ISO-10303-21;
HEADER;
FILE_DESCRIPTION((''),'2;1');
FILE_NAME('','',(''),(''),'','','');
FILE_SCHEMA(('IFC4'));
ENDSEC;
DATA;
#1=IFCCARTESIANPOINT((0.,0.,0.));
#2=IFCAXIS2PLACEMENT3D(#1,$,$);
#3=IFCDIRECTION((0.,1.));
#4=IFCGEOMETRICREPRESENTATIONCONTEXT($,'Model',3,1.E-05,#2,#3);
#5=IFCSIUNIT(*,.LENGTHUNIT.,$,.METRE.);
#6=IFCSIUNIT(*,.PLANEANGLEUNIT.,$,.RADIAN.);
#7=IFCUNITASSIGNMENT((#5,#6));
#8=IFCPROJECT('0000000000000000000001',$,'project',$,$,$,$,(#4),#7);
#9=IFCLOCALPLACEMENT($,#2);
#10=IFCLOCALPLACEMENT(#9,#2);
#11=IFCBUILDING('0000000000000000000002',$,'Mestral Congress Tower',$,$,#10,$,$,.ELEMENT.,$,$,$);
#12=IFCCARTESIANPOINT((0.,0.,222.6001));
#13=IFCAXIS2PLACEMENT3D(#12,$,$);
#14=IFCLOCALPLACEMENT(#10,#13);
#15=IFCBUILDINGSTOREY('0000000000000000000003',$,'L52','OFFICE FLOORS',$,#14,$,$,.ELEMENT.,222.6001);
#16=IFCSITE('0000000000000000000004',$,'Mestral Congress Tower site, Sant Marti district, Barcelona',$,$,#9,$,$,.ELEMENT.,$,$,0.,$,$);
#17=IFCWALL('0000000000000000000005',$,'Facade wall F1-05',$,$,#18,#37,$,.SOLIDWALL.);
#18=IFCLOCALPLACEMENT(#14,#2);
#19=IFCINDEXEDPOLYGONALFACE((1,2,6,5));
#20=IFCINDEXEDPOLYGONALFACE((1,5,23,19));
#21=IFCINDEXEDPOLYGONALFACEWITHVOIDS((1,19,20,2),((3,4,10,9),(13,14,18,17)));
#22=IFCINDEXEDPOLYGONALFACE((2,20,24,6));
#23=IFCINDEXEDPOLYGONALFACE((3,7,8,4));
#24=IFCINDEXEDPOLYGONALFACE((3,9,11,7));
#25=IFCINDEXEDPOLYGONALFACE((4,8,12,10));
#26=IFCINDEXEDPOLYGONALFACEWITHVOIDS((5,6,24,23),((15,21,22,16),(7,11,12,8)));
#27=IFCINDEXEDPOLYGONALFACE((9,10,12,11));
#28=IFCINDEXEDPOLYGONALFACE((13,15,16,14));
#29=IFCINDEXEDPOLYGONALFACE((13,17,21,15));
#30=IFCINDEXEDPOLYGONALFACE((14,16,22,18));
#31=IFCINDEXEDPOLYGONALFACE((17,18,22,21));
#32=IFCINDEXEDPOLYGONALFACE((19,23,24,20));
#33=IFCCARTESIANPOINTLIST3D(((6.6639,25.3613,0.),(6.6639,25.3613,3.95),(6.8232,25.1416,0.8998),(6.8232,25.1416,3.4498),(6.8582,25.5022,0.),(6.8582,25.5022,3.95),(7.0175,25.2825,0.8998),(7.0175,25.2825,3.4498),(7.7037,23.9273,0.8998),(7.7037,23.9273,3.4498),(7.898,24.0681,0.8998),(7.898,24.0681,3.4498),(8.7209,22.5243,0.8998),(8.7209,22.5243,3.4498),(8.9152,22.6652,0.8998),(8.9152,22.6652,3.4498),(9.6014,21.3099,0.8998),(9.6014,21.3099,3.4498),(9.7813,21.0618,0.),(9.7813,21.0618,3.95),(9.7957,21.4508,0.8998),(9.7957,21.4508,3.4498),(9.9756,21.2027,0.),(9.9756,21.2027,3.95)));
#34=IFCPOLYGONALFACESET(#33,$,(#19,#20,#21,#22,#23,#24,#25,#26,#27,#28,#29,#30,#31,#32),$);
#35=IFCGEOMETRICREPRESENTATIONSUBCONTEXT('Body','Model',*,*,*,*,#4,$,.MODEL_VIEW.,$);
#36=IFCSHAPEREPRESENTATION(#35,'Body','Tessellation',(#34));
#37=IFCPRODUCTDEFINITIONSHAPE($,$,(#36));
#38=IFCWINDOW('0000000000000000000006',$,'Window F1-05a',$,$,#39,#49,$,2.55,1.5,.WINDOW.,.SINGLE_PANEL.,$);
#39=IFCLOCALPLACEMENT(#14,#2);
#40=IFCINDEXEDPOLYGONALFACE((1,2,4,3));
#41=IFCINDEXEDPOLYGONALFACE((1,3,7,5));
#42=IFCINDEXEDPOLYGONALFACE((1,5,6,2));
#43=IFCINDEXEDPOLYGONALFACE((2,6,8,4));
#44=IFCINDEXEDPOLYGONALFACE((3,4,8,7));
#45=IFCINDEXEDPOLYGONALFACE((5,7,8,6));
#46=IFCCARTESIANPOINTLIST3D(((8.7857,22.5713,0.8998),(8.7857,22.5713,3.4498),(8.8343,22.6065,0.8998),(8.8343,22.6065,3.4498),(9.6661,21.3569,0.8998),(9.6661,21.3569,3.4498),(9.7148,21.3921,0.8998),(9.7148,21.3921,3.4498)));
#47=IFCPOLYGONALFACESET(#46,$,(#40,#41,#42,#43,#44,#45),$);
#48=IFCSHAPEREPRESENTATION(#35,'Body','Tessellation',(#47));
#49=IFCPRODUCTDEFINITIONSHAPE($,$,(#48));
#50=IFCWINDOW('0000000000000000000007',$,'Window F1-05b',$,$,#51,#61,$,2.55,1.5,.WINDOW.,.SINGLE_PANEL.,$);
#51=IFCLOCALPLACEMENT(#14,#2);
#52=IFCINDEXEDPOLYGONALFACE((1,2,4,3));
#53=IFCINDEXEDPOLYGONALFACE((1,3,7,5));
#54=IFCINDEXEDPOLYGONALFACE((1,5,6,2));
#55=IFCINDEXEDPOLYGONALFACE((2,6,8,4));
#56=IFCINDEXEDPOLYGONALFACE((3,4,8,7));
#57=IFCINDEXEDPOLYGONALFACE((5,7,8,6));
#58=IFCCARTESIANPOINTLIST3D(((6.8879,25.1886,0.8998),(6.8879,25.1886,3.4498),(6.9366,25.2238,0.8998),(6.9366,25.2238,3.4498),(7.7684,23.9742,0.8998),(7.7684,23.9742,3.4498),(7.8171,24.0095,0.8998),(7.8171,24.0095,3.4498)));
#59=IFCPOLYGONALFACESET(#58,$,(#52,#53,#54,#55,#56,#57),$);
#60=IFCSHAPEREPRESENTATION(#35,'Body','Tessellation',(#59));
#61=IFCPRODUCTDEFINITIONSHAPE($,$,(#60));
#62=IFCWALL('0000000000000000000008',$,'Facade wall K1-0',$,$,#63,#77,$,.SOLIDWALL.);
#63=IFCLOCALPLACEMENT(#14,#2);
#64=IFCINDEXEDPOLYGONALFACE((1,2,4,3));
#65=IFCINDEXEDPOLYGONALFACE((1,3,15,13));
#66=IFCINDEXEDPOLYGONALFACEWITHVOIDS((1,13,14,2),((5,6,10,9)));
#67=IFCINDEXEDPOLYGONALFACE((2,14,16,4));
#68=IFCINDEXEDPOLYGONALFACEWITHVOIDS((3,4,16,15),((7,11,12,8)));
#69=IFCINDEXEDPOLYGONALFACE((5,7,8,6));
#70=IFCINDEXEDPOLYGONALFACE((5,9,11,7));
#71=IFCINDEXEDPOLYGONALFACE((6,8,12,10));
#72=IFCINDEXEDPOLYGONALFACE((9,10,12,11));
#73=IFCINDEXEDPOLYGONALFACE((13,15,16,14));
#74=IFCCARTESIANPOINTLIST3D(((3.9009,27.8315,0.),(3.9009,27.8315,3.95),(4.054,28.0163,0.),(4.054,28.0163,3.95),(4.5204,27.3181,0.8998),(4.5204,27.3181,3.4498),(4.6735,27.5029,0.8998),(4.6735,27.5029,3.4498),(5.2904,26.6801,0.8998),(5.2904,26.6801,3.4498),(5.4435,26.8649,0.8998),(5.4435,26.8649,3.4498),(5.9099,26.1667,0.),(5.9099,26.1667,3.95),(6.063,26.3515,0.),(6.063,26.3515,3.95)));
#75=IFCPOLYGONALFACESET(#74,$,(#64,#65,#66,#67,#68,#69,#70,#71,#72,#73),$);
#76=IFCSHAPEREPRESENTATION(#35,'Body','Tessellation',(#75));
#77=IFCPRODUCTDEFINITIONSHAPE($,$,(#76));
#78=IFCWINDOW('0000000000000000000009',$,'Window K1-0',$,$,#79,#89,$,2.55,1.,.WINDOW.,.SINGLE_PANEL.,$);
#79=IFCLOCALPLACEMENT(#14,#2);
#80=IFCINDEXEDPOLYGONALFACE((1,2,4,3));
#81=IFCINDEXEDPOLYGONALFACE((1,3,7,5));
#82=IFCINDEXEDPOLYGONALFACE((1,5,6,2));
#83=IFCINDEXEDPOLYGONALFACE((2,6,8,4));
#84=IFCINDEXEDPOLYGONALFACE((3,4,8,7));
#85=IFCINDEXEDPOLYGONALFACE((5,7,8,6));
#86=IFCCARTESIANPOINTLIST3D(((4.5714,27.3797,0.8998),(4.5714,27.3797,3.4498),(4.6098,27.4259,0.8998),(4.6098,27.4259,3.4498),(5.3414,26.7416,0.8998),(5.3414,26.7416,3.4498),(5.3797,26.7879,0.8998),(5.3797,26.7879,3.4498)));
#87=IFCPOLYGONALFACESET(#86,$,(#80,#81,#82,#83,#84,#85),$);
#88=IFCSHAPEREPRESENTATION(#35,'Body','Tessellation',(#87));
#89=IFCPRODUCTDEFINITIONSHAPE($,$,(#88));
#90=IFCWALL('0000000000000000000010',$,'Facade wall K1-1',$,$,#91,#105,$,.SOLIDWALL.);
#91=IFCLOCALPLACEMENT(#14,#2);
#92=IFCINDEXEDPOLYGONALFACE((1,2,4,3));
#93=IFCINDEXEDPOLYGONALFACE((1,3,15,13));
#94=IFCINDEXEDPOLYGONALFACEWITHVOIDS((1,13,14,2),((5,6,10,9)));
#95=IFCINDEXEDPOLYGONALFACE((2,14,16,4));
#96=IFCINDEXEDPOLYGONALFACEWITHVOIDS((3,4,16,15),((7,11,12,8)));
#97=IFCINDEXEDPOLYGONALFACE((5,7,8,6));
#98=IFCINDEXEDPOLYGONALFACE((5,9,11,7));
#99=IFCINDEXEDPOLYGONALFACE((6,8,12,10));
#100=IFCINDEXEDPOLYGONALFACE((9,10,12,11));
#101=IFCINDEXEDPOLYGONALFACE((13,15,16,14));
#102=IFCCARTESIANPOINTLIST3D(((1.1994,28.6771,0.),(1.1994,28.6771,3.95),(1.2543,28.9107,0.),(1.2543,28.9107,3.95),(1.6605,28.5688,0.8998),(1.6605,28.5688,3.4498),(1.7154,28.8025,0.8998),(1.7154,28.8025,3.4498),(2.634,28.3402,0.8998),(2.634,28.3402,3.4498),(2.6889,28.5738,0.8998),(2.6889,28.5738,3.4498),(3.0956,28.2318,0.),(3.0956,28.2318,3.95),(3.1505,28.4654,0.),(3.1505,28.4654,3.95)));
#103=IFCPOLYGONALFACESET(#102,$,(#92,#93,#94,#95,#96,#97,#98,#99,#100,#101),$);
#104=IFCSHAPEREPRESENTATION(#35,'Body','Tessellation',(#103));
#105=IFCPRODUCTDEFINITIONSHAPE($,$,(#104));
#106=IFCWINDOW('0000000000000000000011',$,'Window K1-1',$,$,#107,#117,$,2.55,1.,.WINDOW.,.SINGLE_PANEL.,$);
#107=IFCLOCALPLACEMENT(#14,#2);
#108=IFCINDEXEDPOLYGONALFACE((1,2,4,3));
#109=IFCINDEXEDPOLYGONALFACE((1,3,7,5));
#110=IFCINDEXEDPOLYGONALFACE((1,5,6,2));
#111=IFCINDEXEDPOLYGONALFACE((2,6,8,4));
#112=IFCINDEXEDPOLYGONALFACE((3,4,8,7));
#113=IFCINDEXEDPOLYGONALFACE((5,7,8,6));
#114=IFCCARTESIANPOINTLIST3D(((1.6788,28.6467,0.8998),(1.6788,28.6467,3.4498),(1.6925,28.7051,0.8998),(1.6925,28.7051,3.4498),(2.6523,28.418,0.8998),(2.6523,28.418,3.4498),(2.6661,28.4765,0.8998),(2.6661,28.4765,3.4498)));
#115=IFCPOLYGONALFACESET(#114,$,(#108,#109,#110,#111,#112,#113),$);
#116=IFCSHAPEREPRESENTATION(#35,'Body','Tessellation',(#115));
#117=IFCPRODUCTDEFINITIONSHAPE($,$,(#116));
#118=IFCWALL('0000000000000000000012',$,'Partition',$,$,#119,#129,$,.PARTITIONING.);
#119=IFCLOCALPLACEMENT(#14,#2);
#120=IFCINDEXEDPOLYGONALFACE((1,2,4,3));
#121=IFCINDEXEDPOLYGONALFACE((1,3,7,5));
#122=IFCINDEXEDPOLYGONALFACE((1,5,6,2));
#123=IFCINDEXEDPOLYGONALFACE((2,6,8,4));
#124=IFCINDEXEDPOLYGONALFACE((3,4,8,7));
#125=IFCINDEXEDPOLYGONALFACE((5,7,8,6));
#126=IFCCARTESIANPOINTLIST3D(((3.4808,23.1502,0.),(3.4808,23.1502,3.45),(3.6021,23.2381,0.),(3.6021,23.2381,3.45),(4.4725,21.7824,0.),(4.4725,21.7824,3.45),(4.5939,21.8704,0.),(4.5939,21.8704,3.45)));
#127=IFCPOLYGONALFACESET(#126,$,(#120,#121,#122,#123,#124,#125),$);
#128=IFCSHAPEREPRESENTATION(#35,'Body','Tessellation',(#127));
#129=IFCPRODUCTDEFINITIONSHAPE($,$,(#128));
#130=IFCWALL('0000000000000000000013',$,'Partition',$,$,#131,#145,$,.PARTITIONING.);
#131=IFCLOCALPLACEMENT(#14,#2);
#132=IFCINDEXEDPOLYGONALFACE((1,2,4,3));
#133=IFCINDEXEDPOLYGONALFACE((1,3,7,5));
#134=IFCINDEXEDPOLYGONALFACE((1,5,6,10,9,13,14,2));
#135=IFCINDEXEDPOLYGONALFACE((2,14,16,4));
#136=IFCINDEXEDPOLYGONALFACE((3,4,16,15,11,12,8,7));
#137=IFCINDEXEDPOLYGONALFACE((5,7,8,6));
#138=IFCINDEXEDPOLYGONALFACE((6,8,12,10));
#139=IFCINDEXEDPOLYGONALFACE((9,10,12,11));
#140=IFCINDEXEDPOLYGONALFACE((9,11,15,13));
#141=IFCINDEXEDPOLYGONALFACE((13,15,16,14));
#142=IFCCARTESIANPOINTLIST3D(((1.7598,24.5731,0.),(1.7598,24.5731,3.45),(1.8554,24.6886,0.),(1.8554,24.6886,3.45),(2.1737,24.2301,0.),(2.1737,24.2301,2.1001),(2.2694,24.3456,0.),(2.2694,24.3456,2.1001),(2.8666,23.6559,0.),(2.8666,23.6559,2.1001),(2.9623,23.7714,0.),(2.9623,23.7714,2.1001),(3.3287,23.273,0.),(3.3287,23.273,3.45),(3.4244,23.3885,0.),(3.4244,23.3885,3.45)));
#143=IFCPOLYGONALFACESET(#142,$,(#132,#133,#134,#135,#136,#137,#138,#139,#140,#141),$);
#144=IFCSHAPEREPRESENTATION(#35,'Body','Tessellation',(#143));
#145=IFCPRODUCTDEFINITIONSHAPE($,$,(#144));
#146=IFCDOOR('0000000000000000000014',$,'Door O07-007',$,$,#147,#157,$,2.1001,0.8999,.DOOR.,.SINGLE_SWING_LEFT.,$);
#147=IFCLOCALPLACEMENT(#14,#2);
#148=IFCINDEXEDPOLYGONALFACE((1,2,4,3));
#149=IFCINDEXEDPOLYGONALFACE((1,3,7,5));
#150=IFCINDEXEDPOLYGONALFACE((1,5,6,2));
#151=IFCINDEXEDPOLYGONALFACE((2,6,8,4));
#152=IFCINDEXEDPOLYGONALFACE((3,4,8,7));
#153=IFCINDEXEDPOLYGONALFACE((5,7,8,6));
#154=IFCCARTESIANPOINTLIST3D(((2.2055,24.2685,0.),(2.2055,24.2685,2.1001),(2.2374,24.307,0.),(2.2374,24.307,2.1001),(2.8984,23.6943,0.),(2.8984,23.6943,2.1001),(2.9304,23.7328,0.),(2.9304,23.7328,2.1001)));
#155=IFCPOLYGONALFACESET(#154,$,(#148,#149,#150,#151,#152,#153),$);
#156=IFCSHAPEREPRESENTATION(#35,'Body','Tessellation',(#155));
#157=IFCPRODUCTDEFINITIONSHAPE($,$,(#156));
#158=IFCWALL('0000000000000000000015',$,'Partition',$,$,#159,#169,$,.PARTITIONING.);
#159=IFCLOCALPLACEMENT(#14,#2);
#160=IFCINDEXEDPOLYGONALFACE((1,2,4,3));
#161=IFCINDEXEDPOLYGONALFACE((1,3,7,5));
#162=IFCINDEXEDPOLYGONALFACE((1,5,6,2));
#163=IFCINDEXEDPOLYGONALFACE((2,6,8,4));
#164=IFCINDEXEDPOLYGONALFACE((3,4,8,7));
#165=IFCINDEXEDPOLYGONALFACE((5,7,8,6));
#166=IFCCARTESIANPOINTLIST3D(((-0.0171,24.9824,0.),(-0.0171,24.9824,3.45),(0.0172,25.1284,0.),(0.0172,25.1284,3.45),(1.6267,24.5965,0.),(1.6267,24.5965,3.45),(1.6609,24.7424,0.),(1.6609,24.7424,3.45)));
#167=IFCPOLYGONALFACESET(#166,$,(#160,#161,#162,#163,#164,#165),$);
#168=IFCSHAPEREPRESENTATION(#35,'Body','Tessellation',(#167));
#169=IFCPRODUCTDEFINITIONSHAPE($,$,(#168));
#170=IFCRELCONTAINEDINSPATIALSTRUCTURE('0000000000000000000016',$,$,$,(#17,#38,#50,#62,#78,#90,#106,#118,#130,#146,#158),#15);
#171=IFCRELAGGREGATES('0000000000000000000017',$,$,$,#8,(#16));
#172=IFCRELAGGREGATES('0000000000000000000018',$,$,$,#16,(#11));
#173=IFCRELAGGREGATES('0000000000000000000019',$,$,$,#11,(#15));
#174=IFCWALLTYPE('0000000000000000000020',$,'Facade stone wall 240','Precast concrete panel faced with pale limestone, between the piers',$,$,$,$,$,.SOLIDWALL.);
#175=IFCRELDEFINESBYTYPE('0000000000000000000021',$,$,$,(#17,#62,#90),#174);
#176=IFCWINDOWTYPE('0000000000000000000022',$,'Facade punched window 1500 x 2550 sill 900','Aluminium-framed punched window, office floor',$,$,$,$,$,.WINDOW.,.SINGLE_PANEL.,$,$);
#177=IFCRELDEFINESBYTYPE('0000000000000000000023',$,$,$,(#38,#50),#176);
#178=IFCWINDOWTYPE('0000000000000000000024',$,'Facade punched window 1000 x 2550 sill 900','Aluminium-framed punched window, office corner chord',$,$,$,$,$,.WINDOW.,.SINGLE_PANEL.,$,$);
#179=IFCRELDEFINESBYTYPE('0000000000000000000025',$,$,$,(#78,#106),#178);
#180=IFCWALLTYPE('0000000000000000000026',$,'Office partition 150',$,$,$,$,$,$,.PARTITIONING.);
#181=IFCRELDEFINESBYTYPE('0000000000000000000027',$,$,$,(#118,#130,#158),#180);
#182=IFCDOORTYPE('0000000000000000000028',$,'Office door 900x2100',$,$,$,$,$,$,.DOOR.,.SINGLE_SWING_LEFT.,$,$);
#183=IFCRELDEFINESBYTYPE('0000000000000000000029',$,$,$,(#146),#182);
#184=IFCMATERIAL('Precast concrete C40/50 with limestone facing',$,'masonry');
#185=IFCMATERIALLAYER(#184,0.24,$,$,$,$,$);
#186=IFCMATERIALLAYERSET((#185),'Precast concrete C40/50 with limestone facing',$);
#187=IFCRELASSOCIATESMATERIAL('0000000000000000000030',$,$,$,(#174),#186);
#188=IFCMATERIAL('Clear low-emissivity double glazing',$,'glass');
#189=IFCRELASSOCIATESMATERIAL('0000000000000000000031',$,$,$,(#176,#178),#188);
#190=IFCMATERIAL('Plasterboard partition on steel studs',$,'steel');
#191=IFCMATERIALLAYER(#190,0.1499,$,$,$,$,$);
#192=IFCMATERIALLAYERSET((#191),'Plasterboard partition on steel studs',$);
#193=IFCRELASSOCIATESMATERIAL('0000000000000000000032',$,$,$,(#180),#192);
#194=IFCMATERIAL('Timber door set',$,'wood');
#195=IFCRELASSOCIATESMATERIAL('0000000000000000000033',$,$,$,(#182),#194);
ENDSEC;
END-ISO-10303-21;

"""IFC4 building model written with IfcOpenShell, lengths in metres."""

from ifc_helpers import new_model, si_unit, direction, frame, frame_2d, origin, place, context, subcontext, project, spatial, rectangle, extrude, material, layer, layer_set, type_object, element, fill, save


model = new_model("IFC4")

# Units and contexts
model_context = context("Model", 3, precision=1e-05, world=origin(), true_north=direction((0.0, 1.0)))
body_context = subcontext(model_context, "Body", "Model", "MODEL_VIEW")
ifc_project = project(units=[si_unit("LENGTHUNIT", "METRE"), si_unit("PLANEANGLEUNIT", "RADIAN")], contexts=[model_context])

# Site, building, storey
site_placement = place(None, origin())
site = spatial("IfcSite", under=ifc_project, at=site_placement, Name="Mestral Congress Tower site, Sant Marti district, Barcelona", CompositionType="ELEMENT", RefElevation=0.0)
building_placement = place(site_placement, origin())
building = spatial("IfcBuilding", under=site, at=building_placement, Name="Mestral Congress Tower", CompositionType="ELEMENT")
storey_placement = place(building_placement, frame((0.0, 0.0, 222.6001)))
storey = spatial("IfcBuildingStorey", under=building, at=storey_placement, Name="L52", Description="OFFICE FLOORS", CompositionType="ELEMENT", Elevation=222.6001)

# Wall, openings, windows
ifc_material_1 = material(Name="Precast concrete C40/50 with limestone facing", Category="masonry")
ifc_layer_1 = layer(ifc_material_1, 0.24)
ifc_layer_set_1 = layer_set([ifc_layer_1], Name="Precast concrete C40/50 with limestone facing")
wall_type_1 = type_object("IfcWallType", Name="Facade stone wall 240", Description="Precast concrete panel faced with pale limestone, between the piers", PredefinedType="SOLIDWALL", material=ifc_layer_set_1)
wall_1_placement = place(storey_placement, frame((9.8784, 21.1323, 0.0), z_axis=(0.0, 0.0, 1.0), x_axis=(-0.586998, 0.809588, 0.0)))
wall_1 = element("IfcWall", 1, at=wall_1_placement, inside=storey, type_object=wall_type_1, Name="Facade wall F1-05", PredefinedType="SOLIDWALL", context=body_context, shape_type="SweptSolid", body=[
    extrude(rectangle(XDim=5.3108, YDim=0.24, at=frame_2d((2.6553, 0.0))), origin(), (0.0, 0.0, 1.0), 3.95),
])
opening_1_placement = place(wall_1_placement, frame((0.3064, 0.0, 0.8999)))
opening_1 = element("IfcOpeningElement", 2, at=opening_1_placement, cuts=wall_1, PredefinedType="OPENING", context=body_context, shape_type="SweptSolid", body=[
    extrude(rectangle(XDim=1.5, YDim=2.55, at=frame_2d((0.75, 1.2749))), frame((0.0, 0.1299, 0.0), z_axis=(0.0, -1.0, 0.0), x_axis=(1.0, 0.0, 0.0)), (0.0, 0.0, 1.0), 0.26),
])
opening_2_placement = place(wall_1_placement, frame((3.5393, 0.0, 0.8999)))
opening_2 = element("IfcOpeningElement", 3, at=opening_2_placement, cuts=wall_1, PredefinedType="OPENING", context=body_context, shape_type="SweptSolid", body=[
    extrude(rectangle(XDim=1.5, YDim=2.55, at=frame_2d((0.75, 1.2749))), frame((0.0, 0.1299, 0.0), z_axis=(0.0, -1.0, 0.0), x_axis=(1.0, 0.0, 0.0)), (0.0, 0.0, 1.0), 0.26),
])
ifc_material_2 = material(Name="Clear low-emissivity double glazing", Category="glass")
window_type_1 = type_object("IfcWindowType", Name="Facade punched window 1500 x 2550 sill 900", Description="Aluminium-framed punched window, office floor", PartitioningType="SINGLE_PANEL", PredefinedType="WINDOW", material=ifc_material_2)
window_1_placement = place(opening_1_placement, origin())
window_1 = element("IfcWindow", 4, at=window_1_placement, inside=storey, type_object=window_type_1, Name="Window F1-05a", OverallHeight=2.55, OverallWidth=1.5, PartitioningType="SINGLE_PANEL", PredefinedType="WINDOW", context=body_context, shape_type="SweptSolid", body=[
    extrude(rectangle(XDim=1.5, YDim=2.55, at=frame_2d((0.75, 1.2749))), frame((0.0, 0.04, 0.0), z_axis=(0.0, -1.0, 0.0), x_axis=(1.0, 0.0, 0.0)), (0.0, 0.0, 1.0), 0.0601),
])
fill(opening_1, window_1)
window_2_placement = place(opening_2_placement, origin())
window_2 = element("IfcWindow", 5, at=window_2_placement, inside=storey, type_object=window_type_1, Name="Window F1-05b", OverallHeight=2.55, OverallWidth=1.5, PartitioningType="SINGLE_PANEL", PredefinedType="WINDOW", context=body_context, shape_type="SweptSolid", body=[
    extrude(rectangle(XDim=1.5, YDim=2.55, at=frame_2d((0.75, 1.2749))), frame((0.0, 0.04, 0.0), z_axis=(0.0, -1.0, 0.0), x_axis=(1.0, 0.0, 0.0)), (0.0, 0.0, 1.0), 0.0601),
])
fill(opening_2, window_2)

# Walls, openings, windows
wall_2_placement = place(storey_placement, frame((5.9866, 26.259, 0.0), z_axis=(0.0, 0.0, 1.0), x_axis=(-0.76999, 0.638056, 0.0)))
wall_2 = element("IfcWall", 6, at=wall_2_placement, inside=storey, type_object=wall_type_1, Name="Facade wall K1-0", PredefinedType="SOLIDWALL", context=body_context, shape_type="SweptSolid", body=[
    extrude(rectangle(XDim=2.6091, YDim=0.24, at=frame_2d((1.3047, 0.0))), origin(), (0.0, 0.0, 1.0), 3.95),
])
opening_3_placement = place(wall_2_placement, frame((0.8047, 0.0, 0.8999)))
opening_3 = element("IfcOpeningElement", 7, at=opening_3_placement, cuts=wall_2, PredefinedType="OPENING", context=body_context, shape_type="SweptSolid", body=[
    extrude(rectangle(XDim=1.0, YDim=2.55, at=frame_2d((0.5, 1.2749))), frame((0.0, 0.1299, 0.0), z_axis=(0.0, -1.0, 0.0), x_axis=(1.0, 0.0, 0.0)), (0.0, 0.0, 1.0), 0.26),
])
window_type_2 = type_object("IfcWindowType", Name="Facade punched window 1000 x 2550 sill 900", Description="Aluminium-framed punched window, office corner chord", PartitioningType="SINGLE_PANEL", PredefinedType="WINDOW", material=ifc_material_2)
window_3_placement = place(opening_3_placement, origin())
window_3 = element("IfcWindow", 8, at=window_3_placement, inside=storey, type_object=window_type_2, Name="Window K1-0", OverallHeight=2.55, OverallWidth=1.0, PartitioningType="SINGLE_PANEL", PredefinedType="WINDOW", context=body_context, shape_type="SweptSolid", body=[
    extrude(rectangle(XDim=1.0, YDim=2.55, at=frame_2d((0.5, 1.2749))), frame((0.0, 0.04, 0.0), z_axis=(0.0, -1.0, 0.0), x_axis=(1.0, 0.0, 0.0)), (0.0, 0.0, 1.0), 0.0601),
])
fill(opening_3, window_3)
wall_3_placement = place(storey_placement, frame((3.123, 28.3486, 0.0), z_axis=(0.0, 0.0, 1.0), x_axis=(-0.973516, 0.22862, 0.0)))
wall_3 = element("IfcWall", 9, at=wall_3_placement, inside=storey, type_object=wall_type_1, Name="Facade wall K1-1", PredefinedType="SOLIDWALL", context=body_context, shape_type="SweptSolid", body=[
    extrude(rectangle(XDim=1.9478, YDim=0.24, at=frame_2d((0.9739, 0.0))), origin(), (0.0, 0.0, 1.0), 3.95),
])
opening_4_placement = place(wall_3_placement, frame((0.4741, 0.0, 0.8999)))
opening_4 = element("IfcOpeningElement", 10, at=opening_4_placement, cuts=wall_3, PredefinedType="OPENING", context=body_context, shape_type="SweptSolid", body=[
    extrude(rectangle(XDim=1.0, YDim=2.55, at=frame_2d((0.5, 1.2749))), frame((0.0, 0.1299, 0.0), z_axis=(0.0, -1.0, 0.0), x_axis=(1.0, 0.0, 0.0)), (0.0, 0.0, 1.0), 0.26),
])
window_4_placement = place(opening_4_placement, origin())
window_4 = element("IfcWindow", 11, at=window_4_placement, inside=storey, type_object=window_type_2, Name="Window K1-1", OverallHeight=2.55, OverallWidth=1.0, PartitioningType="SINGLE_PANEL", PredefinedType="WINDOW", context=body_context, shape_type="SweptSolid", body=[
    extrude(rectangle(XDim=1.0, YDim=2.55, at=frame_2d((0.5, 1.2749))), frame((0.0, 0.04, 0.0), z_axis=(0.0, -1.0, 0.0), x_axis=(1.0, 0.0, 0.0)), (0.0, 0.0, 1.0), 0.0601),
])
fill(opening_4, window_4)

# Wall
ifc_material_3 = material(Name="Plasterboard partition on steel studs", Category="steel")
ifc_layer_2 = layer(ifc_material_3, 0.1499)
ifc_layer_set_2 = layer_set([ifc_layer_2], Name="Plasterboard partition on steel studs")
wall_type_2 = type_object("IfcWallType", Name="Office partition 150", PredefinedType="PARTITIONING", material=ifc_layer_set_2)
wall_4_placement = place(storey_placement, frame((4.5332, 21.8264, 0.0), z_axis=(0.0, 0.0, 1.0), x_axis=(-0.58702, 0.809573, 0.0)))
element("IfcWall", 12, at=wall_4_placement, inside=storey, type_object=wall_type_2, Name="Partition", PredefinedType="PARTITIONING", context=body_context, shape_type="SweptSolid", body=[
    extrude(rectangle(XDim=1.6895, YDim=0.1499, at=frame_2d((0.8447, 0.0))), origin(), (0.0, 0.0, 1.0), 3.45),
])

# Wall, opening, door
wall_5_placement = place(storey_placement, frame((1.8076, 24.6309, 0.0), z_axis=(0.0, 0.0, 1.0), x_axis=(0.769986, -0.63806, 0.0)))
wall_5 = element("IfcWall", 13, at=wall_5_placement, inside=storey, type_object=wall_type_2, Name="Partition", PredefinedType="PARTITIONING", context=body_context, shape_type="SweptSolid", body=[
    extrude(rectangle(XDim=2.0376, YDim=0.1499, at=frame_2d((1.0188, 0.0))), origin(), (0.0, 0.0, 1.0), 3.45),
])
opening_5_placement = place(wall_5_placement, frame((0.5376, 0.0, 0.0)))
opening_5 = element("IfcOpeningElement", 14, at=opening_5_placement, cuts=wall_5, PredefinedType="OPENING", context=body_context, shape_type="SweptSolid", body=[
    extrude(rectangle(XDim=0.8999, YDim=2.1001, at=frame_2d((0.45, 1.05))), frame((0.0, 0.085, 0.0), z_axis=(0.0, -1.0, 0.0), x_axis=(1.0, 0.0, 0.0)), (0.0, 0.0, 1.0), 0.1699),
])
ifc_material_4 = material(Name="Timber door set", Category="wood")
door_type_1 = type_object("IfcDoorType", Name="Office door 900x2100", OperationType="SINGLE_SWING_LEFT", PredefinedType="DOOR", material=ifc_material_4)
door_1_placement = place(opening_5_placement, origin())
door_1 = element("IfcDoor", 15, at=door_1_placement, inside=storey, type_object=door_type_1, Name="Door O07-007", OperationType="SINGLE_SWING_LEFT", OverallHeight=2.1001, OverallWidth=0.8999, PredefinedType="DOOR", context=body_context, shape_type="SweptSolid", body=[
    extrude(rectangle(XDim=0.8999, YDim=2.1001, at=frame_2d((0.45, 1.05))), frame((0.0, 0.0249, 0.0), z_axis=(0.0, -1.0, 0.0), x_axis=(1.0, 0.0, 0.0)), (0.0, 0.0, 1.0), 0.05),
])
fill(opening_5, door_1)

# Wall
wall_6_placement = place(storey_placement, frame((1.6438, 24.6694, 0.0), z_axis=(0.0, 0.0, 1.0), x_axis=(-0.973521, 0.228596, 0.0)))
element("IfcWall", 16, at=wall_6_placement, inside=storey, type_object=wall_type_2, Name="Partition", PredefinedType="PARTITIONING", context=body_context, shape_type="SweptSolid", body=[
    extrude(rectangle(XDim=1.6885, YDim=0.1499, at=frame_2d((0.8442, 0.0))), origin(), (0.0, 0.0, 1.0), 3.45),
])

save(model, "model.ifc")
